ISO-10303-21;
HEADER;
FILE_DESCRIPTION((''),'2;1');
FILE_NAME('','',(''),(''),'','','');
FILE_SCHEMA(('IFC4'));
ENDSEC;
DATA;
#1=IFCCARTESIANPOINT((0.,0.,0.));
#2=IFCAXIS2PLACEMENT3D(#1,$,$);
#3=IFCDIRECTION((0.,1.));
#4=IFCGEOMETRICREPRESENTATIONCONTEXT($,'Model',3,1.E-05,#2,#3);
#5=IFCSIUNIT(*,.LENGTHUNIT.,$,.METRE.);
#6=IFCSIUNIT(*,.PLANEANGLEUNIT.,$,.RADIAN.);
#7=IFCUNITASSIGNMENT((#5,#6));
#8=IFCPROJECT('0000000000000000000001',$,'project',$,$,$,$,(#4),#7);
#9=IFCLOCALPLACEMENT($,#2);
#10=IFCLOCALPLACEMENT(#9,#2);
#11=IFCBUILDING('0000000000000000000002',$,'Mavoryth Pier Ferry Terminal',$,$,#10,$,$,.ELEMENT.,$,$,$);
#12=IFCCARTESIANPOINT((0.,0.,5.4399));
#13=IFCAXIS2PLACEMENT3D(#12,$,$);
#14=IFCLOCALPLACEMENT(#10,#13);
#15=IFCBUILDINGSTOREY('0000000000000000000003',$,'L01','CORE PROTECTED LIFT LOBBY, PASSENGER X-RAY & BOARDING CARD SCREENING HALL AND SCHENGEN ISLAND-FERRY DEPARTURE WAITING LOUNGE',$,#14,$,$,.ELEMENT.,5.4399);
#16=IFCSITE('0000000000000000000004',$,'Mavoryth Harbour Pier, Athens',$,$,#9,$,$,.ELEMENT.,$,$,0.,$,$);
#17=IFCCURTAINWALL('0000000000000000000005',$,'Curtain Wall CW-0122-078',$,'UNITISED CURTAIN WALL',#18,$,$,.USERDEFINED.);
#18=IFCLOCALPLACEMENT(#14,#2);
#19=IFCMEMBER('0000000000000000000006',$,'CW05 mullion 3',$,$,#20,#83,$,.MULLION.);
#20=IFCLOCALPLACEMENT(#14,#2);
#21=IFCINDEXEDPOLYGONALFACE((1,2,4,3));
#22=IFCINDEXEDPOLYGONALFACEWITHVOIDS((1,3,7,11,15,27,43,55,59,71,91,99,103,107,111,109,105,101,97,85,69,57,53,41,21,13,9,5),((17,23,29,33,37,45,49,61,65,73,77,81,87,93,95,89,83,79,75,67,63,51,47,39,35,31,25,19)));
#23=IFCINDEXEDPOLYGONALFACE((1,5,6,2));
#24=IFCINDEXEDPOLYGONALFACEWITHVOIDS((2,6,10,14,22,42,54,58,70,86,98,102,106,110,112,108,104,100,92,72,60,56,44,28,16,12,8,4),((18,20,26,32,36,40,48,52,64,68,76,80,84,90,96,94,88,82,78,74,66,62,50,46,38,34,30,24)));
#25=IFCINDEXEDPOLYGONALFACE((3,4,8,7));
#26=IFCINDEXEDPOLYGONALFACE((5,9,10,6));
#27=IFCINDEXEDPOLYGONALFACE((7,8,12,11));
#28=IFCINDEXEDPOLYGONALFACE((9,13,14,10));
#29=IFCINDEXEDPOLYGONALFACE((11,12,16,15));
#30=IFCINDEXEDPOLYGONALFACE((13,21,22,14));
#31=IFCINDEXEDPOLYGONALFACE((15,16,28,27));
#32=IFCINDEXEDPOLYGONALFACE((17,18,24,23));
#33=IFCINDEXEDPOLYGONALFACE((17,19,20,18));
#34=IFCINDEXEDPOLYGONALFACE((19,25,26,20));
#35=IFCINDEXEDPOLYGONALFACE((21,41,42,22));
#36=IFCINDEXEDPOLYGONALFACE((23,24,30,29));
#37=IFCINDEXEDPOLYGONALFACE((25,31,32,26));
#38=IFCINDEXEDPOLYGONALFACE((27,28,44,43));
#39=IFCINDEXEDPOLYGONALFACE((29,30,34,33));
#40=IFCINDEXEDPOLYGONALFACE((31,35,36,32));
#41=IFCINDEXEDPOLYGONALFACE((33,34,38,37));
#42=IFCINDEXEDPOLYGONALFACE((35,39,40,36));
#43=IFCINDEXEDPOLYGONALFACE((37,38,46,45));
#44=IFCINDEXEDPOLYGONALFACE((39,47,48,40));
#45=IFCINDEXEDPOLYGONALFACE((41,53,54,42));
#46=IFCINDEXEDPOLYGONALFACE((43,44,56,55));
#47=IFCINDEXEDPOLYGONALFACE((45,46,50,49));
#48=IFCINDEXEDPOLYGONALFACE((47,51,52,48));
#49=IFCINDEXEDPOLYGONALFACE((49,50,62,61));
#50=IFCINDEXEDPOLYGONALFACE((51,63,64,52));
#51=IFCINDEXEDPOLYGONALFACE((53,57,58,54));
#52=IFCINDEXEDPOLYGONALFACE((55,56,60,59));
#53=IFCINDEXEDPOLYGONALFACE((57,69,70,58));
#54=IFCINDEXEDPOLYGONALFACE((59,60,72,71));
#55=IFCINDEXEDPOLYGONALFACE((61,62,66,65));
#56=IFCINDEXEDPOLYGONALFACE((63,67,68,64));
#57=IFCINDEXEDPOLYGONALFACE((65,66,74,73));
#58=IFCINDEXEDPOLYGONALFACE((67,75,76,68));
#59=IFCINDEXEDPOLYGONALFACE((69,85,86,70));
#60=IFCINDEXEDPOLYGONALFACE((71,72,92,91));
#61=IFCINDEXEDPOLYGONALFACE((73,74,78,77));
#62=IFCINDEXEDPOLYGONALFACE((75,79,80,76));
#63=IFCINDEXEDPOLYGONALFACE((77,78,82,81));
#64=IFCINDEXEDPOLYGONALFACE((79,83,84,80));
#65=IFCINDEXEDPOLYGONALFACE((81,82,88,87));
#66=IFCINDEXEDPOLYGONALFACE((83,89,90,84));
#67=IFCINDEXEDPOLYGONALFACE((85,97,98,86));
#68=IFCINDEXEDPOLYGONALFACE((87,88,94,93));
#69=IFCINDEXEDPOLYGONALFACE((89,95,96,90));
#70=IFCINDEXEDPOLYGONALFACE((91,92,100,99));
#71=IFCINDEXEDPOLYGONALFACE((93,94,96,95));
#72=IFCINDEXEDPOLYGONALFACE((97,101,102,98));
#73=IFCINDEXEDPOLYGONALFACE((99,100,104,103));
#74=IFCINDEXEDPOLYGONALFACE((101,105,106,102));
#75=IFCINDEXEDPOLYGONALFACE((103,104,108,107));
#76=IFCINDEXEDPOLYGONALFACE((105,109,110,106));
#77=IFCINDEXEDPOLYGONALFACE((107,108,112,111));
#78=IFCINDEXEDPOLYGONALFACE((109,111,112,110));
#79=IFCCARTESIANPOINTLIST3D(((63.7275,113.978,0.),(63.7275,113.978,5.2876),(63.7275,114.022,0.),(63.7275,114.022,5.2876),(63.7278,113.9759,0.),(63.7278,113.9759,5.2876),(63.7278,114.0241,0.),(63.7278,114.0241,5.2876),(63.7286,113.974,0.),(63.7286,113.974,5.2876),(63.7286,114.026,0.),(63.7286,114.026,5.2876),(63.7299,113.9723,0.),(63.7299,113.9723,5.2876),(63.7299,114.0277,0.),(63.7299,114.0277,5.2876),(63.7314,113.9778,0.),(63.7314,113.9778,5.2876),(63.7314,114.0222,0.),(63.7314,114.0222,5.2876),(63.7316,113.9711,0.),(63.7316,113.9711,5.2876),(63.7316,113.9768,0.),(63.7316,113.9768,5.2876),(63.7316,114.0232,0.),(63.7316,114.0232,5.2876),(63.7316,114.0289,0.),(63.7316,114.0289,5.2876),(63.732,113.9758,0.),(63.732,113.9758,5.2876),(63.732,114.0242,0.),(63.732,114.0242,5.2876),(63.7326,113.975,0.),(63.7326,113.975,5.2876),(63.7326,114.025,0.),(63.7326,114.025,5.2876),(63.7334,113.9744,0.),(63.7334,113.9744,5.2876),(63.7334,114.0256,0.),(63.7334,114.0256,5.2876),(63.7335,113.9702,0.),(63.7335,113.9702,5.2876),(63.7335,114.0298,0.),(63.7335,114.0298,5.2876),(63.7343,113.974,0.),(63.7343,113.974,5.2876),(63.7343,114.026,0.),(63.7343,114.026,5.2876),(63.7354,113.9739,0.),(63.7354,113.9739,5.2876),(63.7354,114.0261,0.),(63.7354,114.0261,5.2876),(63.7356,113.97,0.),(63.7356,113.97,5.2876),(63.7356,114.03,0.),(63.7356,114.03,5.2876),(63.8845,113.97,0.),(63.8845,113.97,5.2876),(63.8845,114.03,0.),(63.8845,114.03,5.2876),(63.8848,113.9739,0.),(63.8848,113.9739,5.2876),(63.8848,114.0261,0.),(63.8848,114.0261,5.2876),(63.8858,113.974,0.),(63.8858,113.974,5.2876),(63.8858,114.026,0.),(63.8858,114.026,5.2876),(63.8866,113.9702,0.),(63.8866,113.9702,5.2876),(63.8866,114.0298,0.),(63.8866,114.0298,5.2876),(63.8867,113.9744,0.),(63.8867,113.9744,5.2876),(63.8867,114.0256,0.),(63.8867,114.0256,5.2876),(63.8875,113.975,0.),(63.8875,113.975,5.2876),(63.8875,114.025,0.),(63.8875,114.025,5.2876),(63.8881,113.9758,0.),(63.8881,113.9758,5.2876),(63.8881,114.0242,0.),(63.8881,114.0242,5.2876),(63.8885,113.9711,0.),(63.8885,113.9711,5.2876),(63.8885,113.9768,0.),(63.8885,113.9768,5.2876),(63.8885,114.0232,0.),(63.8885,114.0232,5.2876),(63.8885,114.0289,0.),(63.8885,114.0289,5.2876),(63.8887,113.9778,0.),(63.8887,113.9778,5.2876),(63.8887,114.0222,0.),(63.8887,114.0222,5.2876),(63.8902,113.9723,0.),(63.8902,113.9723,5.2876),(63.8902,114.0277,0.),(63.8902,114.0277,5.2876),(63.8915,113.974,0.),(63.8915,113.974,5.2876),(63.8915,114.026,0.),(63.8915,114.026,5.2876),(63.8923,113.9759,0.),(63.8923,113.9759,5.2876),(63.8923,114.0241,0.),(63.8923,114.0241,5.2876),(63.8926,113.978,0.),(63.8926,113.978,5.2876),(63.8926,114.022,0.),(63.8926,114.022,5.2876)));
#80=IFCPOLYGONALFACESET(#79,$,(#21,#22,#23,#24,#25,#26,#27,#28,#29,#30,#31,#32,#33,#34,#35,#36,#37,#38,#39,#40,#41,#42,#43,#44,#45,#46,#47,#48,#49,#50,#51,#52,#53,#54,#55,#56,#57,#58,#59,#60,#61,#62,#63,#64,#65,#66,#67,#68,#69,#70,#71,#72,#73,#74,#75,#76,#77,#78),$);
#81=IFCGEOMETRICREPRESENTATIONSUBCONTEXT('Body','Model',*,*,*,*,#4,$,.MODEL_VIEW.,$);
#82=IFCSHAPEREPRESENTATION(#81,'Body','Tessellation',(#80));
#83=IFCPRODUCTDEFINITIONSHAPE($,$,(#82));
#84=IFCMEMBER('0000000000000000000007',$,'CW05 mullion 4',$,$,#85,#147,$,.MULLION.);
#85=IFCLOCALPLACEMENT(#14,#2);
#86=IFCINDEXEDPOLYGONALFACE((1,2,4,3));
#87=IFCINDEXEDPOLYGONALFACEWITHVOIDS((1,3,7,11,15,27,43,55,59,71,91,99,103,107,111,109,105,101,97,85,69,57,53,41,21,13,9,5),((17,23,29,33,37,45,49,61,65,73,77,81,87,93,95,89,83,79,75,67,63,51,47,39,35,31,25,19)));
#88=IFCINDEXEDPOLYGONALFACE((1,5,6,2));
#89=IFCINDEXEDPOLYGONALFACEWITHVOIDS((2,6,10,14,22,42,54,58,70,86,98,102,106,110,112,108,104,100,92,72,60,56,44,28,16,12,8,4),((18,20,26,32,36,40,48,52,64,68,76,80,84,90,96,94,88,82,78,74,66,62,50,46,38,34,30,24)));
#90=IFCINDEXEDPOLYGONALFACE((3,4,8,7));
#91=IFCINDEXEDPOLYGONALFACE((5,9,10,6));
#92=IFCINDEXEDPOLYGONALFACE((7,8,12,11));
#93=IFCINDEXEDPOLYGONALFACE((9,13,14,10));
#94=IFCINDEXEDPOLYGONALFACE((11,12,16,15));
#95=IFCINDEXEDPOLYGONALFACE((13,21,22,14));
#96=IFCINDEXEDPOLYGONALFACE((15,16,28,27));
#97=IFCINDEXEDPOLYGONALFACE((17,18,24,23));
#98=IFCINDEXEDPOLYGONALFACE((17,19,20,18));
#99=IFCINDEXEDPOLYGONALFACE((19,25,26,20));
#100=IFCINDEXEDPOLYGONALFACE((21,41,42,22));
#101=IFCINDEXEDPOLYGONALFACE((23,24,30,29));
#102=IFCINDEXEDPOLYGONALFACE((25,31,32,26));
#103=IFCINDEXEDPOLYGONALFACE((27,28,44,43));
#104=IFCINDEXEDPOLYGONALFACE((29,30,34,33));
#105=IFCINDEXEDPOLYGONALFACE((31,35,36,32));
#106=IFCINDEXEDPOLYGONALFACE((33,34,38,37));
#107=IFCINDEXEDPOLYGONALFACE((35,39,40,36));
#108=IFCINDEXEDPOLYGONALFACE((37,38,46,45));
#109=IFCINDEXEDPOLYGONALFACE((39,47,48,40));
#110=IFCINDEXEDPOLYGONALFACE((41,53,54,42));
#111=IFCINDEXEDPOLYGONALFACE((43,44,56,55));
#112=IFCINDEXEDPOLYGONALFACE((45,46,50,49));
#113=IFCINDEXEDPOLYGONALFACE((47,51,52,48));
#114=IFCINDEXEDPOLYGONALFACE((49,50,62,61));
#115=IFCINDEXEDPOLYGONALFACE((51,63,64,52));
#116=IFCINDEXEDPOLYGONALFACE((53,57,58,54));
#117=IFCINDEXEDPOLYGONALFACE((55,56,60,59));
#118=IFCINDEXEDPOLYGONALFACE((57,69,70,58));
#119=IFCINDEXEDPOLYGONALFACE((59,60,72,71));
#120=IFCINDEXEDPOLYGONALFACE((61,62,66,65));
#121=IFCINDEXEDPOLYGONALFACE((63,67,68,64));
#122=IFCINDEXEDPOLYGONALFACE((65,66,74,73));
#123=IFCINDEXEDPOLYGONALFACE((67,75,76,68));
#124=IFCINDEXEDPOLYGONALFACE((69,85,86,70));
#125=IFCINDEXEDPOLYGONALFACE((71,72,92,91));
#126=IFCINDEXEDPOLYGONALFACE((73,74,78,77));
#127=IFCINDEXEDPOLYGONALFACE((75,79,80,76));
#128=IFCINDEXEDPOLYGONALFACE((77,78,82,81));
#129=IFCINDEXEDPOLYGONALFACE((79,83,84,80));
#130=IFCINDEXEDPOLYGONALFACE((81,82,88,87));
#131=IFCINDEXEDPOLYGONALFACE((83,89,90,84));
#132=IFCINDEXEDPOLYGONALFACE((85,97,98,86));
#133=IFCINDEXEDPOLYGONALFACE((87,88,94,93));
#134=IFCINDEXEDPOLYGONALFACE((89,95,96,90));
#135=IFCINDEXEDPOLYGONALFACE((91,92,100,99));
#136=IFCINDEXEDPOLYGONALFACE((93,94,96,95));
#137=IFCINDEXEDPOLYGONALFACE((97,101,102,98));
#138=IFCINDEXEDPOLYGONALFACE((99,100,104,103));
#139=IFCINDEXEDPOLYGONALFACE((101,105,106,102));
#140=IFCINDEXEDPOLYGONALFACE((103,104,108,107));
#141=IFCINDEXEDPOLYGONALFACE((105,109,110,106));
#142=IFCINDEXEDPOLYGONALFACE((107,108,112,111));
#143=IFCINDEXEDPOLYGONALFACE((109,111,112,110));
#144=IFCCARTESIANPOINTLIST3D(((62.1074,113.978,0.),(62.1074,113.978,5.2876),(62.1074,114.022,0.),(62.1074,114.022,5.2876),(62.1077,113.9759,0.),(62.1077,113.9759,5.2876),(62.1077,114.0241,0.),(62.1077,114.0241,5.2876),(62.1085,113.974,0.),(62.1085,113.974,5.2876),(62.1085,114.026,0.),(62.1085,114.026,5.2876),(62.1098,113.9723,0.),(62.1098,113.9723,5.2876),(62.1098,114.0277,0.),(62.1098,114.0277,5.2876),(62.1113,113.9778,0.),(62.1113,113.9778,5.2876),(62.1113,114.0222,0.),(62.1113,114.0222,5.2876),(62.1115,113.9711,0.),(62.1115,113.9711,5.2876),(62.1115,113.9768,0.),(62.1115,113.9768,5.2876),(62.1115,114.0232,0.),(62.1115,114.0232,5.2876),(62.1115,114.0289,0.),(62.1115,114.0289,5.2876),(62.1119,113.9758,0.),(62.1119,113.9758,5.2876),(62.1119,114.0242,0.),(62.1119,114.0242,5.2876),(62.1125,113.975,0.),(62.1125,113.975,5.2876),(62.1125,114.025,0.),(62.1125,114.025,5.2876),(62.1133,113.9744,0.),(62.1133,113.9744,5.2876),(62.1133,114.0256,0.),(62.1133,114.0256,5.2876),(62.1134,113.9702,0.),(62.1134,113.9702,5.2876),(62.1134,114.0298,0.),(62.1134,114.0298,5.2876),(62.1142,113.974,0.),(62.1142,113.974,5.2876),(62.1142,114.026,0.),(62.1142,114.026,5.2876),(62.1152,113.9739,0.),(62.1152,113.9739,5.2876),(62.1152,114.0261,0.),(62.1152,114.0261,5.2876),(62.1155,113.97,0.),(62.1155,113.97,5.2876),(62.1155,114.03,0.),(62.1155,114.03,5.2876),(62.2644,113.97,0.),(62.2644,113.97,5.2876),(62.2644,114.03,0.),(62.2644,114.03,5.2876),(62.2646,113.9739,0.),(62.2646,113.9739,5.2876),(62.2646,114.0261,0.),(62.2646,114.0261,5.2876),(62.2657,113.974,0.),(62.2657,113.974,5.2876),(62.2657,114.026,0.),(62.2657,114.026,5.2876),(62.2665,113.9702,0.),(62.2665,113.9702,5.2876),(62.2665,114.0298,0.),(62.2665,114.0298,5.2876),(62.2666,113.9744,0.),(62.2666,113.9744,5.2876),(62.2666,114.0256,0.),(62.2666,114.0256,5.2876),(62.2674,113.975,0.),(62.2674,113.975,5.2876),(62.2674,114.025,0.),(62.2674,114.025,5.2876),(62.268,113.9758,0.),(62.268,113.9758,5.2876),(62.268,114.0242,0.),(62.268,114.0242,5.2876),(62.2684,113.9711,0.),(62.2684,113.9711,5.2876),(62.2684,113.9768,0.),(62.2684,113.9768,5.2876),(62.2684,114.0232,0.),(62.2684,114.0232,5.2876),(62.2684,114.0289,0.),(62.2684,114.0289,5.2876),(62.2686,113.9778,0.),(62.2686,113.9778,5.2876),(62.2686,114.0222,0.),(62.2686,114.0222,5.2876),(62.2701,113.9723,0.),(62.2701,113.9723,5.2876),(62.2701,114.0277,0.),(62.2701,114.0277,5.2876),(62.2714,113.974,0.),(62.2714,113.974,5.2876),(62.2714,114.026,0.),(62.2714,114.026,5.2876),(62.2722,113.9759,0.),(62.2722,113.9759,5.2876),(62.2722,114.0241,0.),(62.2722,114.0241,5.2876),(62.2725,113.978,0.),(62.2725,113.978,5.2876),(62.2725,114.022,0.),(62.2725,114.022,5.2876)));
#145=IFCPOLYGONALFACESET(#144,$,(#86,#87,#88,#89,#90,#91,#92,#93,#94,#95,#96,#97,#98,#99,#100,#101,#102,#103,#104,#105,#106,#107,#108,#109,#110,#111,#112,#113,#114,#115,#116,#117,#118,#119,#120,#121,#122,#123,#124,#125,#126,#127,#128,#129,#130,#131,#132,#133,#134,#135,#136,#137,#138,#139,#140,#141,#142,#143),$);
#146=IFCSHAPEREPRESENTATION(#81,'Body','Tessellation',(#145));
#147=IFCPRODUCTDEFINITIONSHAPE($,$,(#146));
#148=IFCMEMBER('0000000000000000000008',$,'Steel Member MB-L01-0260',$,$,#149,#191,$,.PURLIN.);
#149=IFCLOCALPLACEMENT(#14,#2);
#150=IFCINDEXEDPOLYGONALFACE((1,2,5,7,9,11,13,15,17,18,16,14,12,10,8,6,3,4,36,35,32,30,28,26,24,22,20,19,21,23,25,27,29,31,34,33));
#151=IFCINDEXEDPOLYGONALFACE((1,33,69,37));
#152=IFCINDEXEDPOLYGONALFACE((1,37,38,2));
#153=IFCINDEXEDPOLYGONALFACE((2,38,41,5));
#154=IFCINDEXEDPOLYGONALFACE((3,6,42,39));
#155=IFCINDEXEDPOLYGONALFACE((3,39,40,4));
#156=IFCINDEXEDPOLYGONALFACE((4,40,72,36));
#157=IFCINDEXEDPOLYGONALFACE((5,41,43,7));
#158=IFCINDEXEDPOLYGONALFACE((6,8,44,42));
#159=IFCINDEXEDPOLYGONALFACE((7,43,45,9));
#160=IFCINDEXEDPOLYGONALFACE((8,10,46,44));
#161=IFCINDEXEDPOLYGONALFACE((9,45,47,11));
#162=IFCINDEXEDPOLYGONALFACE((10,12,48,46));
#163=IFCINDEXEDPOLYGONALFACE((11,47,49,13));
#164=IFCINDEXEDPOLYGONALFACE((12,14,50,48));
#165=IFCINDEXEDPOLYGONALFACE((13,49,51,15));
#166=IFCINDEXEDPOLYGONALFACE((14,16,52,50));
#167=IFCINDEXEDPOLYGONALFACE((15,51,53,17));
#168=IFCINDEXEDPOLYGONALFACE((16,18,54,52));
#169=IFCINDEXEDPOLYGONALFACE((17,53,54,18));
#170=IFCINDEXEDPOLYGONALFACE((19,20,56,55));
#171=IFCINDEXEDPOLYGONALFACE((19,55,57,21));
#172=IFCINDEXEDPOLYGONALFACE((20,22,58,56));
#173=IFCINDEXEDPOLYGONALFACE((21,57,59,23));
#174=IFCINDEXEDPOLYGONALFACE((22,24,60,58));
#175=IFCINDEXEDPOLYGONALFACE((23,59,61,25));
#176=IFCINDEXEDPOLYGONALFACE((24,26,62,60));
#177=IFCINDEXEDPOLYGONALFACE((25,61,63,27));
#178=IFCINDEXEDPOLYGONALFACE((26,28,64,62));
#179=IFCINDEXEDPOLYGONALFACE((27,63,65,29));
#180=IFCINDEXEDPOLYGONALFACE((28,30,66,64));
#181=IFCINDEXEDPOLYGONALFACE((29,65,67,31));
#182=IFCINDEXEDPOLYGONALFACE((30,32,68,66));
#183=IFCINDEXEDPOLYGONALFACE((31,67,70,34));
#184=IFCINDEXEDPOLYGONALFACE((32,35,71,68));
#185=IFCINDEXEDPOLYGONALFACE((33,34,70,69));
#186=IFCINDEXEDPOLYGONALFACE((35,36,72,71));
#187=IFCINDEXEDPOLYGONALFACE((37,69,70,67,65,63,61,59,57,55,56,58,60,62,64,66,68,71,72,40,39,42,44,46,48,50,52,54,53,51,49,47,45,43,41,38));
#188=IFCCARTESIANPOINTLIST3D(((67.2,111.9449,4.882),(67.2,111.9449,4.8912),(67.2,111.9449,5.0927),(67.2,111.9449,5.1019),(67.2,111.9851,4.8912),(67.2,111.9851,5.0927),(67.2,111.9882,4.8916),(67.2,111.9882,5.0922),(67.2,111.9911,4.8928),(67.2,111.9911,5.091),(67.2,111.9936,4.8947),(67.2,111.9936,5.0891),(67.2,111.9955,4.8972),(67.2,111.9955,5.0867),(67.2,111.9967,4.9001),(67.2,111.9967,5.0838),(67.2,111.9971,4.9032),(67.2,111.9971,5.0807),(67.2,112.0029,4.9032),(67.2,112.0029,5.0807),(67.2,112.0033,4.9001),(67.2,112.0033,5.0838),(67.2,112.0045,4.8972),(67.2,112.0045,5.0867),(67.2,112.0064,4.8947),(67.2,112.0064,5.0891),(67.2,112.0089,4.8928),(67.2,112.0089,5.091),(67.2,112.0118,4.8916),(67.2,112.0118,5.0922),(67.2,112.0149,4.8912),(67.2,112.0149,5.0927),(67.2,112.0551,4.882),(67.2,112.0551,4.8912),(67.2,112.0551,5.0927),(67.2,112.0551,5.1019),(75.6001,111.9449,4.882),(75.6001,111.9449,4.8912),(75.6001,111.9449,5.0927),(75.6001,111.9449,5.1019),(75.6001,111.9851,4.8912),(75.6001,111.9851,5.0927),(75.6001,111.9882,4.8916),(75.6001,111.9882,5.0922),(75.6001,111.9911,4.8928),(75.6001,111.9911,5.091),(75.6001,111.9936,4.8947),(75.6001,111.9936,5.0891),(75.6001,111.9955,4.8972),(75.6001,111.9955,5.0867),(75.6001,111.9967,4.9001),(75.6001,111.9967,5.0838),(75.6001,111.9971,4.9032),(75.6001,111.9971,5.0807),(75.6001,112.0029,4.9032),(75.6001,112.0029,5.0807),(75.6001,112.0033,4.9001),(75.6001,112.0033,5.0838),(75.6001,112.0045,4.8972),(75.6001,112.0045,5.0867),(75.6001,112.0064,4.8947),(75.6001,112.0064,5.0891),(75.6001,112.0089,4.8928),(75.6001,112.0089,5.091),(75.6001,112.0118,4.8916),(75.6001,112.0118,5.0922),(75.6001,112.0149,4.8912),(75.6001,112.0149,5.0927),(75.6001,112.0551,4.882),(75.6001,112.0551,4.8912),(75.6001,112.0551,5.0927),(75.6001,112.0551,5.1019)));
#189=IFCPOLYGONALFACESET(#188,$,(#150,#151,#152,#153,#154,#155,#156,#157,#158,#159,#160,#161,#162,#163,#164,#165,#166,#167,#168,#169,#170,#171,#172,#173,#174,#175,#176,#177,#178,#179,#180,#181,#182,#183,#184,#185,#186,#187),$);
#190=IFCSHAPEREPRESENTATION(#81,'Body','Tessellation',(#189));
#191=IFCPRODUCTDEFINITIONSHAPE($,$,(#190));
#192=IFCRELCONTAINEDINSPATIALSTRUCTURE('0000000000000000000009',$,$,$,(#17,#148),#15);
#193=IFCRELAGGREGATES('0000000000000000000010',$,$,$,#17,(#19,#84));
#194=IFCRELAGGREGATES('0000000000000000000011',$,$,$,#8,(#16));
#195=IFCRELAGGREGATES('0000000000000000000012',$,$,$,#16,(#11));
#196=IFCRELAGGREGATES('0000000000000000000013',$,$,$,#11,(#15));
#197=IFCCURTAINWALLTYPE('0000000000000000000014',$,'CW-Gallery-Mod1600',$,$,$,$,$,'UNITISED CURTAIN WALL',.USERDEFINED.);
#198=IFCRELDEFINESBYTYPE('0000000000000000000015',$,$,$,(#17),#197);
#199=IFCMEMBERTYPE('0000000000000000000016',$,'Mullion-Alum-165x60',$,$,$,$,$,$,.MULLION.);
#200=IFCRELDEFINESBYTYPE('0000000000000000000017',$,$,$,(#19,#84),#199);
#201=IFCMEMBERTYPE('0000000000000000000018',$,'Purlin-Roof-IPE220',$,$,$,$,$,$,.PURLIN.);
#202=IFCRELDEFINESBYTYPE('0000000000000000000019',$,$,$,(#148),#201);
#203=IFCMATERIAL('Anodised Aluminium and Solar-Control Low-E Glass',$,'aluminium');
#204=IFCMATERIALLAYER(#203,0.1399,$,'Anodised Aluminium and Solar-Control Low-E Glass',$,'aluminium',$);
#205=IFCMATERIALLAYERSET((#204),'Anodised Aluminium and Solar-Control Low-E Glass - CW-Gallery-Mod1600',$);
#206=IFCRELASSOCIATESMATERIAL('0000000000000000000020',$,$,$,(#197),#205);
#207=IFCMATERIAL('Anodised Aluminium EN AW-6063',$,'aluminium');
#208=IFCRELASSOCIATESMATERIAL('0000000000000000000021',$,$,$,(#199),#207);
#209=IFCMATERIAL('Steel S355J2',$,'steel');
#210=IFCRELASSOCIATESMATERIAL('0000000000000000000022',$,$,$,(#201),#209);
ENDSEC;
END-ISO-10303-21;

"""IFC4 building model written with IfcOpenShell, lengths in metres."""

from ifc_helpers import new_model, si_unit, direction, frame, origin, origin_2d, place, context, subcontext, project, spatial, hollow_rectangle, i_section, extrude, material, layer, layer_set, material_profile, profile_set, type_object, element, aggregate, save


model = new_model("IFC4")

# Units and contexts
model_context = context("Model", 3, precision=1e-05, world=origin(), true_north=direction((0.0, 1.0)))
body_context = subcontext(model_context, "Body", "Model", "MODEL_VIEW")
ifc_project = project(units=[si_unit("LENGTHUNIT", "METRE"), si_unit("PLANEANGLEUNIT", "RADIAN")], contexts=[model_context])

# Site, building, storey
site_placement = place(None, origin())
site = spatial("IfcSite", under=ifc_project, at=site_placement, Name="Mavoryth Harbour Pier, Athens", CompositionType="ELEMENT", RefElevation=0.0)
building_placement = place(site_placement, origin())
building = spatial("IfcBuilding", under=site, at=building_placement, Name="Mavoryth Pier Ferry Terminal", CompositionType="ELEMENT")
storey_placement = place(building_placement, frame((0.0, 0.0, 5.4399)))
storey = spatial("IfcBuildingStorey", under=building, at=storey_placement, Name="L01", Description="CORE PROTECTED LIFT LOBBY, PASSENGER X-RAY & BOARDING CARD SCREENING HALL AND SCHENGEN ISLAND-FERRY DEPARTURE WAITING LOUNGE", CompositionType="ELEMENT", Elevation=5.4399)

# Shared definitions
ifc_material_1 = material(Name="Steel S355J2", Category="steel")

# Curtain wall, members
ifc_material_2 = material(Name="Anodised Aluminium and Solar-Control Low-E Glass", Category="aluminium")
ifc_layer_1 = layer(ifc_material_2, 0.1399, Name="Anodised Aluminium and Solar-Control Low-E Glass", Category="aluminium")
ifc_layer_set_1 = layer_set([ifc_layer_1], Name="Anodised Aluminium and Solar-Control Low-E Glass - CW-Gallery-Mod1600")
curtain_wall_type = type_object("IfcCurtainWallType", Name="CW-Gallery-Mod1600", ElementType="UNITISED CURTAIN WALL", PredefinedType="USERDEFINED", material=ifc_layer_set_1)
curtain_wall_placement = place(storey_placement, origin())
curtain_wall = element("IfcCurtainWall", 1, at=curtain_wall_placement, inside=storey, type_object=curtain_wall_type, Name="Curtain Wall CW-0122-078", ObjectType="UNITISED CURTAIN WALL", PredefinedType="USERDEFINED")
ifc_material_3 = material(Name="Anodised Aluminium EN AW-6063", Category="aluminium")
ifc_material_profile_1 = material_profile(ifc_material_3, hollow_rectangle(XDim=0.0601, YDim=0.165, WallThickness=0.0039, InnerFilletRadius=0.0039, OuterFilletRadius=0.0081, at=origin_2d()), Name="AL-MULL 165x60x4", Category="aluminium")
ifc_profile_set_1 = profile_set([ifc_material_profile_1], Name="Anodised Aluminium EN AW-6063 - AL-MULL 165x60x4")
member_type_1 = type_object("IfcMemberType", Name="Mullion-Alum-165x60", PredefinedType="MULLION", material=ifc_profile_set_1)
member_1_placement = place(storey_placement, frame((63.8101, 114.0, 0.0), z_axis=(0.0, 0.0, 1.0), x_axis=(0.0, -1.0, 0.0)))
member_1 = element("IfcMember", 2, at=member_1_placement, type_object=member_type_1, Name="CW05 mullion 3", PredefinedType="MULLION", context=body_context, shape_type="SweptSolid", body=[
    extrude(hollow_rectangle(XDim=0.0601, YDim=0.165, WallThickness=0.0039, InnerFilletRadius=0.0039, OuterFilletRadius=0.0081, at=origin_2d()), origin(), (0.0, 0.0, 1.0), 5.2876),
])
member_2_placement = place(storey_placement, frame((62.1899, 114.0, 0.0), z_axis=(0.0, 0.0, 1.0), x_axis=(0.0, -1.0, 0.0)))
member_2 = element("IfcMember", 3, at=member_2_placement, type_object=member_type_1, Name="CW05 mullion 4", PredefinedType="MULLION", context=body_context, shape_type="SweptSolid", body=[
    extrude(hollow_rectangle(XDim=0.0601, YDim=0.165, WallThickness=0.0039, InnerFilletRadius=0.0039, OuterFilletRadius=0.0081, at=origin_2d()), origin(), (0.0, 0.0, 1.0), 5.2876),
])

# Member
ifc_material_profile_2 = material_profile(ifc_material_1, i_section(OverallWidth=0.1101, OverallDepth=0.22, WebThickness=0.0059, FlangeThickness=0.0093, FilletRadius=0.012, at=origin_2d()), Name="IPE 220", Category="steel")
ifc_profile_set_2 = profile_set([ifc_material_profile_2], Name="Steel S355J2 - IPE 220")
member_type_2 = type_object("IfcMemberType", Name="Purlin-Roof-IPE220", PredefinedType="PURLIN", material=ifc_profile_set_2)
member_3_placement = place(storey_placement, frame((67.2, 112.0, 4.9919), z_axis=(1.0, 0.0, 0.0), x_axis=(0.0, 1.0, 0.0)))
element("IfcMember", 4, at=member_3_placement, inside=storey, type_object=member_type_2, Name="Steel Member MB-L01-0260", PredefinedType="PURLIN", context=body_context, shape_type="SweptSolid", body=[
    extrude(i_section(OverallWidth=0.1101, OverallDepth=0.22, WebThickness=0.0059, FlangeThickness=0.0093, FilletRadius=0.012, at=origin_2d()), origin(), (0.0, 0.0, 1.0), 8.4001),
])

aggregate(curtain_wall, [member_1, member_2])

save(model, "model.ifc")
